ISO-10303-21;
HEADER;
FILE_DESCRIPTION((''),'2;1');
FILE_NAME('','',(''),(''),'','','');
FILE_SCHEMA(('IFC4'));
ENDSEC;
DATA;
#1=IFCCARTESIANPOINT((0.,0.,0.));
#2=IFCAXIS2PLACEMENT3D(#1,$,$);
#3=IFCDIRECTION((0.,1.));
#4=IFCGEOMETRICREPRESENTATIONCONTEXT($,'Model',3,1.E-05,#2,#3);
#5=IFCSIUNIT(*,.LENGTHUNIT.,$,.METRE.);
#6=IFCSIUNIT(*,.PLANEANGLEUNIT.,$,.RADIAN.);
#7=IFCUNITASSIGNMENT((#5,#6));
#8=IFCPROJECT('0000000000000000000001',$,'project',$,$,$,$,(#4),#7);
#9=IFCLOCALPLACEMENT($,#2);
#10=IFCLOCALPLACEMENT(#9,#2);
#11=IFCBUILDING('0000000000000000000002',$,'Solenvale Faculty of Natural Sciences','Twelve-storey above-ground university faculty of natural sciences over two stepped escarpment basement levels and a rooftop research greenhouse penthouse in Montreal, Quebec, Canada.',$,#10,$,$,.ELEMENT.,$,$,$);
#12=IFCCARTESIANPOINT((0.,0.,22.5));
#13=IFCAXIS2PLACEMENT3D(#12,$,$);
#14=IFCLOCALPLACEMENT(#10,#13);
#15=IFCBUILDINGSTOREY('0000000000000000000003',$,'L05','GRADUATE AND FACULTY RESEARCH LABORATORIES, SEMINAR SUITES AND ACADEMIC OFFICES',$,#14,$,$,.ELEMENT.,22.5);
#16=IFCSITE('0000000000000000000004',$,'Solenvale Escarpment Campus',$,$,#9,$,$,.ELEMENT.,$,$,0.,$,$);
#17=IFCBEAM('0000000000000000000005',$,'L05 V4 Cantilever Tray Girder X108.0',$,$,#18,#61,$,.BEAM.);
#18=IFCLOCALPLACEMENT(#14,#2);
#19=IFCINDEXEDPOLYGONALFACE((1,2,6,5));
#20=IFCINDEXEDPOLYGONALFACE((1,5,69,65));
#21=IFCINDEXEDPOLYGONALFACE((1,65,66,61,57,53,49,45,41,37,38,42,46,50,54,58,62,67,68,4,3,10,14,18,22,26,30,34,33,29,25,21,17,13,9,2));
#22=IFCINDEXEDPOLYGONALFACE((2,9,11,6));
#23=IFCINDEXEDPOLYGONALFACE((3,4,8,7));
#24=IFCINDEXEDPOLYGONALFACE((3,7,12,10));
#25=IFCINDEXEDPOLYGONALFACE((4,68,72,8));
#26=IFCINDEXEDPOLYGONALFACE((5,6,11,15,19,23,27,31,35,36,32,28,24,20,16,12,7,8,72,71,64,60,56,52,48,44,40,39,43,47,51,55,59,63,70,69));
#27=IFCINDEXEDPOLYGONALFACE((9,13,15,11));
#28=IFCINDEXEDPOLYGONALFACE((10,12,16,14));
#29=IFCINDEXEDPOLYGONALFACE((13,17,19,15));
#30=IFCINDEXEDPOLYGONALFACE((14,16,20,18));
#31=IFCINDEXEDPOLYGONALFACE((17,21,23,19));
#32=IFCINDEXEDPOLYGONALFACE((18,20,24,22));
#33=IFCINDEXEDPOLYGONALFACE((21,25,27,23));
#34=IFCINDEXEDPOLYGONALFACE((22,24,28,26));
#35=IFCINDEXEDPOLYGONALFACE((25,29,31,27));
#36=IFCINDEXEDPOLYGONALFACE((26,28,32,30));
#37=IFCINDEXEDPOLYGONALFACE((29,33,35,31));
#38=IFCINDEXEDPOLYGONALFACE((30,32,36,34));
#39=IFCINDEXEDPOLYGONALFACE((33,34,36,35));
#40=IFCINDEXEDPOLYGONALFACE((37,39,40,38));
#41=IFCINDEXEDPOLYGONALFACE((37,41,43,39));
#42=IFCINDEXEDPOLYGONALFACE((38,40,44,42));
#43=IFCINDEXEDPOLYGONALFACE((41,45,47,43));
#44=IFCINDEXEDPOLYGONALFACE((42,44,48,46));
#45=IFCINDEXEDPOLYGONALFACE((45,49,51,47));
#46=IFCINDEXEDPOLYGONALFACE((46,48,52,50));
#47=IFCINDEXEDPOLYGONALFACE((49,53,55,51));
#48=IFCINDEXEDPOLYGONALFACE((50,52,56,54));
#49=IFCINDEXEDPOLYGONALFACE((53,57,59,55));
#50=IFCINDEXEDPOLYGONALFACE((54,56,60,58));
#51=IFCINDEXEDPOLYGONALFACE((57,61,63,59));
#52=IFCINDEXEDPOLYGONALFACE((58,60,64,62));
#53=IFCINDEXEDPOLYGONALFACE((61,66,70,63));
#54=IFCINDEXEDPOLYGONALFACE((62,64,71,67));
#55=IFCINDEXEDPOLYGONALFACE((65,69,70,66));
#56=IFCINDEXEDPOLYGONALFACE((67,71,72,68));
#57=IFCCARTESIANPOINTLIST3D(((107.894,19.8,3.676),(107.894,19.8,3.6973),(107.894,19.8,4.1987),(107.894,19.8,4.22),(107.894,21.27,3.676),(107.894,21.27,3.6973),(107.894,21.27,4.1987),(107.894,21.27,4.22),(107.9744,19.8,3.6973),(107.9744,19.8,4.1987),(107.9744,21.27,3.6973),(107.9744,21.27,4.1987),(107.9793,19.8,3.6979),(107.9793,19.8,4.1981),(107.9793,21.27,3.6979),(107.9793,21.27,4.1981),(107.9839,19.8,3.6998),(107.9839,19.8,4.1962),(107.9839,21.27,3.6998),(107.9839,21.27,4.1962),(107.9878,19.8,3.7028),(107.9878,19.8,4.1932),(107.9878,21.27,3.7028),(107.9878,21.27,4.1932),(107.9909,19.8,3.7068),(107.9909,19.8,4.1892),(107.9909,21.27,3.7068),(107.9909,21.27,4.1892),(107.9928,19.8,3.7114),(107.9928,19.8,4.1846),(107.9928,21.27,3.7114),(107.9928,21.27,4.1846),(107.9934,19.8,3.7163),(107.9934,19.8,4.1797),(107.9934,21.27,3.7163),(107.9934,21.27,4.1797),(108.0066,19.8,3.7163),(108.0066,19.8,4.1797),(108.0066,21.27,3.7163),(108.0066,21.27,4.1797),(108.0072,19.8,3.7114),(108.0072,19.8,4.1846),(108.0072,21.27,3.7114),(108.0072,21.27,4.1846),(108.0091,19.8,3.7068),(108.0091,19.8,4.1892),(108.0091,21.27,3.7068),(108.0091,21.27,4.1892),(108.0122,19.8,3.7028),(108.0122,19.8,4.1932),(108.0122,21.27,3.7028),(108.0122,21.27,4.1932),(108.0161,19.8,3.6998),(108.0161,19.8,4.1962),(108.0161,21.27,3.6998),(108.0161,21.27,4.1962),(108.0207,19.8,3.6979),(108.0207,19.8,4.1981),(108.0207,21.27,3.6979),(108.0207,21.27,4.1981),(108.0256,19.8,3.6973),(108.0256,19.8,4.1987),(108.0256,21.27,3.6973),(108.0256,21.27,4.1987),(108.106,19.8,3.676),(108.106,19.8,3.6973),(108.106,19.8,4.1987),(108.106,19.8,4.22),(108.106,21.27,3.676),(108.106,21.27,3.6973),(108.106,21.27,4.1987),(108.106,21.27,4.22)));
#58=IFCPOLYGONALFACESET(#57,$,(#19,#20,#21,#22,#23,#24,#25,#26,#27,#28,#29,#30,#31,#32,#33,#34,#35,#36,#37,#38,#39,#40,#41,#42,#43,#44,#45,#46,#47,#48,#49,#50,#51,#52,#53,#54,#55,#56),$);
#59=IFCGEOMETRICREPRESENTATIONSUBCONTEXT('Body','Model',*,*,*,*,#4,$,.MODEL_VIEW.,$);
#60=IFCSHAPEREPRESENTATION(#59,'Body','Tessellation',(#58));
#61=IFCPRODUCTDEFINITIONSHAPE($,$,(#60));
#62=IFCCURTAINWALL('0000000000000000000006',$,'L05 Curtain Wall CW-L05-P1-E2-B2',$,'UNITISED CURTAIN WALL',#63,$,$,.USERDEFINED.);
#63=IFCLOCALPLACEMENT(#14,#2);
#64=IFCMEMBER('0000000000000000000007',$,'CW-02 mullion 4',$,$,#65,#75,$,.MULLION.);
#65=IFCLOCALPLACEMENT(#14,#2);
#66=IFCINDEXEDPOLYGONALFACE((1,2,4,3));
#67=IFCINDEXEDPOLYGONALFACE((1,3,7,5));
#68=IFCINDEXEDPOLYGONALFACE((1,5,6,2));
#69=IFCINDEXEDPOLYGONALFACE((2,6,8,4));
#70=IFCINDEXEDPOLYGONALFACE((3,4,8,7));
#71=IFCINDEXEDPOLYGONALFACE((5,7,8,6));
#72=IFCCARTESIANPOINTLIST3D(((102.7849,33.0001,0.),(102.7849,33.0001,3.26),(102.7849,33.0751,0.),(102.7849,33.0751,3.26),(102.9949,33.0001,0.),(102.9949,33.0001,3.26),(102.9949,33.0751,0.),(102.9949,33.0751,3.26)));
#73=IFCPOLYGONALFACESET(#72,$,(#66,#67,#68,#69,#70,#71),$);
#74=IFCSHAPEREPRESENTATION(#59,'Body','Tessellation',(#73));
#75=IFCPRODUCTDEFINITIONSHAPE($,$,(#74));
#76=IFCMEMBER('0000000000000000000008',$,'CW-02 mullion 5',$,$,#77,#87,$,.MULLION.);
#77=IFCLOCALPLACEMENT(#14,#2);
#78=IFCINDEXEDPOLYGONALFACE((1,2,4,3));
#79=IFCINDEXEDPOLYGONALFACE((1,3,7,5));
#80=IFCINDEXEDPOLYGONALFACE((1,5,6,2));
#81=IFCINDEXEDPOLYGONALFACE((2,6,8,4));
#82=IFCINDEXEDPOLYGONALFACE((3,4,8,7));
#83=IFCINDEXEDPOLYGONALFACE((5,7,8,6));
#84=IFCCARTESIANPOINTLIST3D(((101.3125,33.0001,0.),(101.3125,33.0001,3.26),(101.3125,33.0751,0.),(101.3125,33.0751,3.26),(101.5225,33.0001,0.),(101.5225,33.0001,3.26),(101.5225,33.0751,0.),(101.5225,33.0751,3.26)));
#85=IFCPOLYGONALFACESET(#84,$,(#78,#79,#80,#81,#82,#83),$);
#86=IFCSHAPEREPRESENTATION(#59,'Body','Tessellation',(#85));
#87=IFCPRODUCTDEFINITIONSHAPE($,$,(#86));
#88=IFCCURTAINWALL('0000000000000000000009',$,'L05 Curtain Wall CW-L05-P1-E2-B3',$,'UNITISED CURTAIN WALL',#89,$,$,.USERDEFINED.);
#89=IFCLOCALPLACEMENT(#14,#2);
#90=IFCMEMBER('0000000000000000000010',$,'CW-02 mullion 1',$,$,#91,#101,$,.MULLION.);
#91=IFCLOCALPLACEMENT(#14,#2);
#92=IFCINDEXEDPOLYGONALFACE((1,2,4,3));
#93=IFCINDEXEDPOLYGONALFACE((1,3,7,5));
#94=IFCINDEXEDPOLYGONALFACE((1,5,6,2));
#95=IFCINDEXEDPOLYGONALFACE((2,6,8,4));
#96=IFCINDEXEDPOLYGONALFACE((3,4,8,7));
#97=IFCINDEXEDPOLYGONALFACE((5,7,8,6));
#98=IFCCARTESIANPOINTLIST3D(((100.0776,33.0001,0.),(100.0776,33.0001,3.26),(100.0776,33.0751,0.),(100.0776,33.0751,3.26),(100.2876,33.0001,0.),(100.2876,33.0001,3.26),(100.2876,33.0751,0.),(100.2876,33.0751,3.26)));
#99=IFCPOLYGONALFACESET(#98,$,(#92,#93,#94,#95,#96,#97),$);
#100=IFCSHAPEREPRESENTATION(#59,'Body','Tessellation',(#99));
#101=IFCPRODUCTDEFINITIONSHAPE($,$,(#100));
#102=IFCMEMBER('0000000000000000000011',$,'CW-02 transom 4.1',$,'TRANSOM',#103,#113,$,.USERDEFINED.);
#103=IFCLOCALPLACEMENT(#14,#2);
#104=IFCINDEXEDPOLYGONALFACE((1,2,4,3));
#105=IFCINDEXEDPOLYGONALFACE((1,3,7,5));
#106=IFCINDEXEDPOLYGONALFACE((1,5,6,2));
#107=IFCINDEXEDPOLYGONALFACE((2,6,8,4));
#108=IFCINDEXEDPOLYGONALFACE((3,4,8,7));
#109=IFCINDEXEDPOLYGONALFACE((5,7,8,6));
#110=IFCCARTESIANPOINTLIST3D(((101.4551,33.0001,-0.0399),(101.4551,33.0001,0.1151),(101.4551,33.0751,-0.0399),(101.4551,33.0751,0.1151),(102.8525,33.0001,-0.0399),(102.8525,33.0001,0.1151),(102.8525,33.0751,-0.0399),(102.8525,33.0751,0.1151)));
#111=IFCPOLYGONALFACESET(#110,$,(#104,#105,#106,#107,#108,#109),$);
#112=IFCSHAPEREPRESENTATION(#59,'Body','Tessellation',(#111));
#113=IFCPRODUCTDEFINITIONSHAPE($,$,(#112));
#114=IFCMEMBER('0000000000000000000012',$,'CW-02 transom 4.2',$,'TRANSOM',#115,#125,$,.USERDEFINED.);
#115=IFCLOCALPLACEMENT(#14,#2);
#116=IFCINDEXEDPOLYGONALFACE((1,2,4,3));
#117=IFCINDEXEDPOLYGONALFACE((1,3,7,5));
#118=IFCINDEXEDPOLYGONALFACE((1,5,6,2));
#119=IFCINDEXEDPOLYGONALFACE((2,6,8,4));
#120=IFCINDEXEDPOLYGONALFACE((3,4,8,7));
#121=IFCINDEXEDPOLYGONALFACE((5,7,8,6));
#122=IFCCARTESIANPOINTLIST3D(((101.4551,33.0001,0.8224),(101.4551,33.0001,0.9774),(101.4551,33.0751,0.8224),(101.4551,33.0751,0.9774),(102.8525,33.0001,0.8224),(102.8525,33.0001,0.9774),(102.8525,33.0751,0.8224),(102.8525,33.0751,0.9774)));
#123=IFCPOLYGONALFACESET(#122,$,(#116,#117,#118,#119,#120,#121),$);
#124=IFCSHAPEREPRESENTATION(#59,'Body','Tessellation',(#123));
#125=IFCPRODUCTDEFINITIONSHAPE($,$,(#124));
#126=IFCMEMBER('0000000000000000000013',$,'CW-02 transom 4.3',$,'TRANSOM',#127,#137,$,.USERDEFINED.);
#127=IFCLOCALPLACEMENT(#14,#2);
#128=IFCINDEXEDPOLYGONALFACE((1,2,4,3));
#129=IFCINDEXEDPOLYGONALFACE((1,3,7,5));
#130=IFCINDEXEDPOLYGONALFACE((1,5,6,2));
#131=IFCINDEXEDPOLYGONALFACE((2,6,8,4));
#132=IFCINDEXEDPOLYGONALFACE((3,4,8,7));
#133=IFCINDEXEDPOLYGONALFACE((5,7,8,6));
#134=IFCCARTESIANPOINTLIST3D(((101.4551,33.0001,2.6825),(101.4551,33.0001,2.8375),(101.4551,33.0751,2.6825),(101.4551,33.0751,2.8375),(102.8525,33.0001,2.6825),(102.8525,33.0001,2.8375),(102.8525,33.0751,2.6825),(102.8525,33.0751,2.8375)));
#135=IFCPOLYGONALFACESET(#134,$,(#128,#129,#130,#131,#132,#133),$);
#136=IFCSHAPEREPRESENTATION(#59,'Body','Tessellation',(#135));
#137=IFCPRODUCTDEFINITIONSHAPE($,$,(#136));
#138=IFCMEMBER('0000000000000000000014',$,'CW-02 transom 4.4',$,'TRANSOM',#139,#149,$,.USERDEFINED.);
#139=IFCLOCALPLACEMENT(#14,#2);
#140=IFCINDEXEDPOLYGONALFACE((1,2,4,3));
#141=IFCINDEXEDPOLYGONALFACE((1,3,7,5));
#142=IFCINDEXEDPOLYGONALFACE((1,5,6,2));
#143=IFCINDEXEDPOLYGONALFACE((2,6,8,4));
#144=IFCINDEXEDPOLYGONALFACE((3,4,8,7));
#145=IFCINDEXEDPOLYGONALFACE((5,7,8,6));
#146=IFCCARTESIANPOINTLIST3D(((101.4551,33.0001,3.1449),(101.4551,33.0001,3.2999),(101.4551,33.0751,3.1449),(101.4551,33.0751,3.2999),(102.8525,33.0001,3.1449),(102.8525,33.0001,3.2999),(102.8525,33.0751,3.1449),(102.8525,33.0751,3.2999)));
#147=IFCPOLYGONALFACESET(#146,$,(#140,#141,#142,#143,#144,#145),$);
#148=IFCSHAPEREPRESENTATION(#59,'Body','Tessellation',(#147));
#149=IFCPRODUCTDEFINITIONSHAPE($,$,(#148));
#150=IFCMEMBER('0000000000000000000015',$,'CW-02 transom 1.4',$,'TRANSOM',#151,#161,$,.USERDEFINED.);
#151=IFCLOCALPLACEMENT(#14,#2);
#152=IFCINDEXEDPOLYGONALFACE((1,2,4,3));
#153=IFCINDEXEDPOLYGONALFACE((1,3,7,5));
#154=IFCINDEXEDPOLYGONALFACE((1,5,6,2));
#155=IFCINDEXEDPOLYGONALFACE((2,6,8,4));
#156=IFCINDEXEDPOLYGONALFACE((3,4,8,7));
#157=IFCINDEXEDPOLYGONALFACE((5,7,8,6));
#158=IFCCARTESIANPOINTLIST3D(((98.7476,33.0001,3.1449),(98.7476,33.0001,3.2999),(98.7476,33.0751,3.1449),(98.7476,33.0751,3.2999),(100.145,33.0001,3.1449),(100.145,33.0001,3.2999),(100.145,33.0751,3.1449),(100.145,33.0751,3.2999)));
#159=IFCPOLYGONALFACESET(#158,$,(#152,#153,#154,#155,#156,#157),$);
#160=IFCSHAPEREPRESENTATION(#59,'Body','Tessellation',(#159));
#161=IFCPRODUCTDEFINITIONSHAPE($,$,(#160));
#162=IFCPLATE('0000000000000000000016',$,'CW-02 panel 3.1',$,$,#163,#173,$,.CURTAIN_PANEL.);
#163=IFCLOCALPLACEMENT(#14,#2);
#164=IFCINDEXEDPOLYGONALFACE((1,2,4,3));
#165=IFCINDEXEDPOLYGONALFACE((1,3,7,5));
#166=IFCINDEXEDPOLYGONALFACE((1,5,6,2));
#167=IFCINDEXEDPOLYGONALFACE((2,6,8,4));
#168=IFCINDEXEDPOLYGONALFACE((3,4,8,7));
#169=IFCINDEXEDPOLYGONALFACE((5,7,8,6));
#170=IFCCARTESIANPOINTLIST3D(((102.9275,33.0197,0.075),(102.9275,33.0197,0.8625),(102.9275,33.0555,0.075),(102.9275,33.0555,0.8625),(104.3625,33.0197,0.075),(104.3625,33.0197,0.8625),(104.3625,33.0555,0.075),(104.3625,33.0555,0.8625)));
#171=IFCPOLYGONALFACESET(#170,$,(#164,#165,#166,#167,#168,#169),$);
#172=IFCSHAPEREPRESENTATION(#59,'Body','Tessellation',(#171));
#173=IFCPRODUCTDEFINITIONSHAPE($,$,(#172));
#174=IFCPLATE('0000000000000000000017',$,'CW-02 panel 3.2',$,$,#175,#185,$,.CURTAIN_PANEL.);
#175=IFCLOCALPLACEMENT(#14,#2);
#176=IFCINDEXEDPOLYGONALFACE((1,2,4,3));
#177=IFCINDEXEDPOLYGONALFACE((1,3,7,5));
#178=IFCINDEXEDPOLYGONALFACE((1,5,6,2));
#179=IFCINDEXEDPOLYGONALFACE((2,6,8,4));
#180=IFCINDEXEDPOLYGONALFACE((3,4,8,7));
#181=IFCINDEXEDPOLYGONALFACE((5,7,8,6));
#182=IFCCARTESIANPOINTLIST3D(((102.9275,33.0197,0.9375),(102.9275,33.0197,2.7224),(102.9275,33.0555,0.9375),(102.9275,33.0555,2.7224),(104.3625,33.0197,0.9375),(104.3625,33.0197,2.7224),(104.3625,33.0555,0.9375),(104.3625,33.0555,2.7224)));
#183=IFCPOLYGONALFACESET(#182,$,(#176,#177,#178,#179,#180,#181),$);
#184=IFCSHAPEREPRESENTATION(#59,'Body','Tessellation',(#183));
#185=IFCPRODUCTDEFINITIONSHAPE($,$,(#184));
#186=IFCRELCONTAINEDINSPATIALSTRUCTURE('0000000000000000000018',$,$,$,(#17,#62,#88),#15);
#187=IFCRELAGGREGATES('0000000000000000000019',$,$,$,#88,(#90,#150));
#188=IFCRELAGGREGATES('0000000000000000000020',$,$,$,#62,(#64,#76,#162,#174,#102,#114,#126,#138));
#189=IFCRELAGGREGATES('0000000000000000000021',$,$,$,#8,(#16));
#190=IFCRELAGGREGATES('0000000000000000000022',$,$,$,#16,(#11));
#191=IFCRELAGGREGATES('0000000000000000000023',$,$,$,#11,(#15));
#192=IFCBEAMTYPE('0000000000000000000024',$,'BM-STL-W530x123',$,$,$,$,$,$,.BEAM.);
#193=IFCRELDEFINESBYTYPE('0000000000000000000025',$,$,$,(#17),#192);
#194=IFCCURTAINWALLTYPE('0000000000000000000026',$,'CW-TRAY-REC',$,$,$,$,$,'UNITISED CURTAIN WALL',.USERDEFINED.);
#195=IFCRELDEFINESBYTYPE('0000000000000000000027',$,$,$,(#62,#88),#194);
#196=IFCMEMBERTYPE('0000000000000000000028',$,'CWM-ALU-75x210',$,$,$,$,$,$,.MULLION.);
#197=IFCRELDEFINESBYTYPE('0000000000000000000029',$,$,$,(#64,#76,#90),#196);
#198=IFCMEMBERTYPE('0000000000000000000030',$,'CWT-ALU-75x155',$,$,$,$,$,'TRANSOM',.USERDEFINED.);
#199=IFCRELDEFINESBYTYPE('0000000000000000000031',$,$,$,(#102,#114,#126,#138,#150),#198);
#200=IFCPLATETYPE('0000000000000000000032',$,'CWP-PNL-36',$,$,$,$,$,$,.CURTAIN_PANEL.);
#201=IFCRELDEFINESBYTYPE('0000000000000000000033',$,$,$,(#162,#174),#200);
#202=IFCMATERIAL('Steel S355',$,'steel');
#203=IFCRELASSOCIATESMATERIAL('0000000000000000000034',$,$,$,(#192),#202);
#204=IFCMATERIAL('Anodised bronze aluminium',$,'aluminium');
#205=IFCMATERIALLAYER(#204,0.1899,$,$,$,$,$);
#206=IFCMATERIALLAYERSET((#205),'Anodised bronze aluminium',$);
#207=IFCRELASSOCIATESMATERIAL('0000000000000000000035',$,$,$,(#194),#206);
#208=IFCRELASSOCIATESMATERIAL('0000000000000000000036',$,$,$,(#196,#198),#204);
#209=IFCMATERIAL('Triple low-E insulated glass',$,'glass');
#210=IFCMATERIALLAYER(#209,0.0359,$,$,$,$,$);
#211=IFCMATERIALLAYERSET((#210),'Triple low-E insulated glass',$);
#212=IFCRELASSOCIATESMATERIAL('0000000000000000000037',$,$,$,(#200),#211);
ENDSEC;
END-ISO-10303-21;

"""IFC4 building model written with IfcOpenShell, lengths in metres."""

from ifc_helpers import new_model, si_unit, direction, frame, origin, origin_2d, place, context, subcontext, project, spatial, rectangle, i_section, extrude, material, layer, layer_set, material_profile, profile_set, type_object, element, aggregate, save


model = new_model("IFC4")

# Units and contexts
model_context = context("Model", 3, precision=1e-05, world=origin(), true_north=direction((0.0, 1.0)))
body_context = subcontext(model_context, "Body", "Model", "MODEL_VIEW")
ifc_project = project(units=[si_unit("LENGTHUNIT", "METRE"), si_unit("PLANEANGLEUNIT", "RADIAN")], contexts=[model_context])

# Site, building, storey
site_placement = place(None, origin())
site = spatial("IfcSite", under=ifc_project, at=site_placement, Name="Solenvale Escarpment Campus", CompositionType="ELEMENT", RefElevation=0.0)
building_placement = place(site_placement, origin())
building = spatial("IfcBuilding", under=site, at=building_placement, Name="Solenvale Faculty of Natural Sciences", Description="Twelve-storey above-ground university faculty of natural sciences over two stepped escarpment basement levels and a rooftop research greenhouse penthouse in Montreal, Quebec, Canada.", CompositionType="ELEMENT")
storey_placement = place(building_placement, frame((0.0, 0.0, 22.5)))
storey = spatial("IfcBuildingStorey", under=building, at=storey_placement, Name="L05", Description="GRADUATE AND FACULTY RESEARCH LABORATORIES, SEMINAR SUITES AND ACADEMIC OFFICES", CompositionType="ELEMENT", Elevation=22.5)

# Beam
ifc_material_1 = material(Name="Steel S355", Category="steel")
ifc_material_profile_1 = material_profile(ifc_material_1, i_section(OverallWidth=0.2119, OverallDepth=0.5439, WebThickness=0.0132, FlangeThickness=0.0212, FilletRadius=0.019, at=origin_2d()), Name="W530x123")
ifc_profile_set_1 = profile_set([ifc_material_profile_1], Name="Steel S355")
beam_type_1 = type_object("IfcBeamType", Name="BM-STL-W530x123", PredefinedType="BEAM", material=ifc_profile_set_1)
beam_1_placement = place(storey_placement, frame((108.0, 21.27, 3.948), z_axis=(0.0, -1.0, 0.0), x_axis=(1.0, 0.0, 0.0)))
element("IfcBeam", 1, at=beam_1_placement, inside=storey, type_object=beam_type_1, Name="L05 V4 Cantilever Tray Girder X108.0", PredefinedType="BEAM", context=body_context, shape_type="SweptSolid", body=[
    extrude(i_section(OverallWidth=0.2119, OverallDepth=0.5439, WebThickness=0.0132, FlangeThickness=0.0212, FilletRadius=0.019, at=origin_2d()), origin(), (0.0, 0.0, 1.0), 1.47),
])

# Curtain wall, members
ifc_material_2 = material(Name="Anodised bronze aluminium", Category="aluminium")
ifc_layer_1 = layer(ifc_material_2, 0.1899)
ifc_layer_set_1 = layer_set([ifc_layer_1], Name="Anodised bronze aluminium")
curtain_wall_type = type_object("IfcCurtainWallType", Name="CW-TRAY-REC", ElementType="UNITISED CURTAIN WALL", PredefinedType="USERDEFINED", material=ifc_layer_set_1)
curtain_wall_1_placement = place(storey_placement, origin())
curtain_wall_1 = element("IfcCurtainWall", 2, at=curtain_wall_1_placement, inside=storey, type_object=curtain_wall_type, Name="L05 Curtain Wall CW-L05-P1-E2-B2", ObjectType="UNITISED CURTAIN WALL", PredefinedType="USERDEFINED")
ifc_material_profile_2 = material_profile(ifc_material_2, rectangle(XDim=0.075, YDim=0.21, at=origin_2d()), Name="ALU-MUL-75x210")
ifc_profile_set_2 = profile_set([ifc_material_profile_2], Name="Anodised bronze aluminium")
member_type_1 = type_object("IfcMemberType", Name="CWM-ALU-75x210", PredefinedType="MULLION", material=ifc_profile_set_2)
member_1_placement = place(storey_placement, frame((102.8899, 33.0376, 0.0), z_axis=(0.0, 0.0, 1.0), x_axis=(0.0, -1.0, 0.0)))
member_1 = element("IfcMember", 3, at=member_1_placement, type_object=member_type_1, Name="CW-02 mullion 4", PredefinedType="MULLION", context=body_context, shape_type="SweptSolid", body=[
    extrude(rectangle(XDim=0.075, YDim=0.21, at=origin_2d()), origin(), (0.0, 0.0, 1.0), 3.26),
])
member_2_placement = place(storey_placement, frame((101.4175, 33.0376, 0.0), z_axis=(0.0, 0.0, 1.0), x_axis=(0.0, -1.0, 0.0)))
member_2 = element("IfcMember", 4, at=member_2_placement, type_object=member_type_1, Name="CW-02 mullion 5", PredefinedType="MULLION", context=body_context, shape_type="SweptSolid", body=[
    extrude(rectangle(XDim=0.075, YDim=0.21, at=origin_2d()), origin(), (0.0, 0.0, 1.0), 3.26),
])

# Curtain wall, member
curtain_wall_2_placement = place(storey_placement, origin())
curtain_wall_2 = element("IfcCurtainWall", 5, at=curtain_wall_2_placement, inside=storey, type_object=curtain_wall_type, Name="L05 Curtain Wall CW-L05-P1-E2-B3", ObjectType="UNITISED CURTAIN WALL", PredefinedType="USERDEFINED")
member_3_placement = place(storey_placement, frame((100.1826, 33.0376, 0.0), z_axis=(0.0, 0.0, 1.0), x_axis=(0.0, -1.0, 0.0)))
member_3 = element("IfcMember", 6, at=member_3_placement, type_object=member_type_1, Name="CW-02 mullion 1", PredefinedType="MULLION", context=body_context, shape_type="SweptSolid", body=[
    extrude(rectangle(XDim=0.075, YDim=0.21, at=origin_2d()), origin(), (0.0, 0.0, 1.0), 3.26),
])

# Members
ifc_material_profile_3 = material_profile(ifc_material_2, rectangle(XDim=0.075, YDim=0.155, at=origin_2d()), Name="ALU-TRN-75x155")
ifc_profile_set_3 = profile_set([ifc_material_profile_3], Name="Anodised bronze aluminium")
member_type_2 = type_object("IfcMemberType", Name="CWT-ALU-75x155", ElementType="TRANSOM", PredefinedType="USERDEFINED", material=ifc_profile_set_3)
member_4_placement = place(storey_placement, frame((102.8525, 33.0376, 0.0376), z_axis=(-1.0, 0.0, 0.0), x_axis=(0.0, -1.0, 0.0)))
member_4 = element("IfcMember", 7, at=member_4_placement, type_object=member_type_2, Name="CW-02 transom 4.1", ObjectType="TRANSOM", PredefinedType="USERDEFINED", context=body_context, shape_type="SweptSolid", body=[
    extrude(rectangle(XDim=0.075, YDim=0.155, at=origin_2d()), origin(), (0.0, 0.0, 1.0), 1.3975),
])
member_5_placement = place(storey_placement, frame((102.8525, 33.0376, 0.8999), z_axis=(-1.0, 0.0, 0.0), x_axis=(0.0, -1.0, 0.0)))
member_5 = element("IfcMember", 8, at=member_5_placement, type_object=member_type_2, Name="CW-02 transom 4.2", ObjectType="TRANSOM", PredefinedType="USERDEFINED", context=body_context, shape_type="SweptSolid", body=[
    extrude(rectangle(XDim=0.075, YDim=0.155, at=origin_2d()), origin(), (0.0, 0.0, 1.0), 1.3975),
])
member_6_placement = place(storey_placement, frame((102.8525, 33.0376, 2.76), z_axis=(-1.0, 0.0, 0.0), x_axis=(0.0, -1.0, 0.0)))
member_6 = element("IfcMember", 9, at=member_6_placement, type_object=member_type_2, Name="CW-02 transom 4.3", ObjectType="TRANSOM", PredefinedType="USERDEFINED", context=body_context, shape_type="SweptSolid", body=[
    extrude(rectangle(XDim=0.075, YDim=0.155, at=origin_2d()), origin(), (0.0, 0.0, 1.0), 1.3975),
])
member_7_placement = place(storey_placement, frame((102.8525, 33.0376, 3.2224), z_axis=(-1.0, 0.0, 0.0), x_axis=(0.0, -1.0, 0.0)))
member_7 = element("IfcMember", 10, at=member_7_placement, type_object=member_type_2, Name="CW-02 transom 4.4", ObjectType="TRANSOM", PredefinedType="USERDEFINED", context=body_context, shape_type="SweptSolid", body=[
    extrude(rectangle(XDim=0.075, YDim=0.155, at=origin_2d()), origin(), (0.0, 0.0, 1.0), 1.3975),
])
member_8_placement = place(storey_placement, frame((100.145, 33.0376, 3.2224), z_axis=(-1.0, 0.0, 0.0), x_axis=(0.0, -1.0, 0.0)))
member_8 = element("IfcMember", 11, at=member_8_placement, type_object=member_type_2, Name="CW-02 transom 1.4", ObjectType="TRANSOM", PredefinedType="USERDEFINED", context=body_context, shape_type="SweptSolid", body=[
    extrude(rectangle(XDim=0.075, YDim=0.155, at=origin_2d()), origin(), (0.0, 0.0, 1.0), 1.3975),
])
aggregate(curtain_wall_2, [member_3, member_8])

# Plates
ifc_material_3 = material(Name="Triple low-E insulated glass", Category="glass")
ifc_layer_2 = layer(ifc_material_3, 0.0359)
ifc_layer_set_2 = layer_set([ifc_layer_2], Name="Triple low-E insulated glass")
plate_type = type_object("IfcPlateType", Name="CWP-PNL-36", PredefinedType="CURTAIN_PANEL", material=ifc_layer_set_2)
plate_1_placement = place(storey_placement, frame((103.645, 33.0376, 0.075), z_axis=(0.0, 0.0, 1.0), x_axis=(-1.0, 0.0, 0.0)))
plate_1 = element("IfcPlate", 12, at=plate_1_placement, type_object=plate_type, Name="CW-02 panel 3.1", PredefinedType="CURTAIN_PANEL", context=body_context, shape_type="SweptSolid", body=[
    extrude(rectangle(XDim=1.4351, YDim=0.0359, at=origin_2d()), origin(), (0.0, 0.0, 1.0), 0.7876),
])
plate_2_placement = place(storey_placement, frame((103.645, 33.0376, 0.9375), z_axis=(0.0, 0.0, 1.0), x_axis=(-1.0, 0.0, 0.0)))
plate_2 = element("IfcPlate", 13, at=plate_2_placement, type_object=plate_type, Name="CW-02 panel 3.2", PredefinedType="CURTAIN_PANEL", context=body_context, shape_type="SweptSolid", body=[
    extrude(rectangle(XDim=1.4351, YDim=0.0359, at=origin_2d()), origin(), (0.0, 0.0, 1.0), 1.7849),
])
aggregate(curtain_wall_1, [member_1, member_2, plate_1, plate_2, member_4, member_5, member_6, member_7])

save(model, "model.ifc")
